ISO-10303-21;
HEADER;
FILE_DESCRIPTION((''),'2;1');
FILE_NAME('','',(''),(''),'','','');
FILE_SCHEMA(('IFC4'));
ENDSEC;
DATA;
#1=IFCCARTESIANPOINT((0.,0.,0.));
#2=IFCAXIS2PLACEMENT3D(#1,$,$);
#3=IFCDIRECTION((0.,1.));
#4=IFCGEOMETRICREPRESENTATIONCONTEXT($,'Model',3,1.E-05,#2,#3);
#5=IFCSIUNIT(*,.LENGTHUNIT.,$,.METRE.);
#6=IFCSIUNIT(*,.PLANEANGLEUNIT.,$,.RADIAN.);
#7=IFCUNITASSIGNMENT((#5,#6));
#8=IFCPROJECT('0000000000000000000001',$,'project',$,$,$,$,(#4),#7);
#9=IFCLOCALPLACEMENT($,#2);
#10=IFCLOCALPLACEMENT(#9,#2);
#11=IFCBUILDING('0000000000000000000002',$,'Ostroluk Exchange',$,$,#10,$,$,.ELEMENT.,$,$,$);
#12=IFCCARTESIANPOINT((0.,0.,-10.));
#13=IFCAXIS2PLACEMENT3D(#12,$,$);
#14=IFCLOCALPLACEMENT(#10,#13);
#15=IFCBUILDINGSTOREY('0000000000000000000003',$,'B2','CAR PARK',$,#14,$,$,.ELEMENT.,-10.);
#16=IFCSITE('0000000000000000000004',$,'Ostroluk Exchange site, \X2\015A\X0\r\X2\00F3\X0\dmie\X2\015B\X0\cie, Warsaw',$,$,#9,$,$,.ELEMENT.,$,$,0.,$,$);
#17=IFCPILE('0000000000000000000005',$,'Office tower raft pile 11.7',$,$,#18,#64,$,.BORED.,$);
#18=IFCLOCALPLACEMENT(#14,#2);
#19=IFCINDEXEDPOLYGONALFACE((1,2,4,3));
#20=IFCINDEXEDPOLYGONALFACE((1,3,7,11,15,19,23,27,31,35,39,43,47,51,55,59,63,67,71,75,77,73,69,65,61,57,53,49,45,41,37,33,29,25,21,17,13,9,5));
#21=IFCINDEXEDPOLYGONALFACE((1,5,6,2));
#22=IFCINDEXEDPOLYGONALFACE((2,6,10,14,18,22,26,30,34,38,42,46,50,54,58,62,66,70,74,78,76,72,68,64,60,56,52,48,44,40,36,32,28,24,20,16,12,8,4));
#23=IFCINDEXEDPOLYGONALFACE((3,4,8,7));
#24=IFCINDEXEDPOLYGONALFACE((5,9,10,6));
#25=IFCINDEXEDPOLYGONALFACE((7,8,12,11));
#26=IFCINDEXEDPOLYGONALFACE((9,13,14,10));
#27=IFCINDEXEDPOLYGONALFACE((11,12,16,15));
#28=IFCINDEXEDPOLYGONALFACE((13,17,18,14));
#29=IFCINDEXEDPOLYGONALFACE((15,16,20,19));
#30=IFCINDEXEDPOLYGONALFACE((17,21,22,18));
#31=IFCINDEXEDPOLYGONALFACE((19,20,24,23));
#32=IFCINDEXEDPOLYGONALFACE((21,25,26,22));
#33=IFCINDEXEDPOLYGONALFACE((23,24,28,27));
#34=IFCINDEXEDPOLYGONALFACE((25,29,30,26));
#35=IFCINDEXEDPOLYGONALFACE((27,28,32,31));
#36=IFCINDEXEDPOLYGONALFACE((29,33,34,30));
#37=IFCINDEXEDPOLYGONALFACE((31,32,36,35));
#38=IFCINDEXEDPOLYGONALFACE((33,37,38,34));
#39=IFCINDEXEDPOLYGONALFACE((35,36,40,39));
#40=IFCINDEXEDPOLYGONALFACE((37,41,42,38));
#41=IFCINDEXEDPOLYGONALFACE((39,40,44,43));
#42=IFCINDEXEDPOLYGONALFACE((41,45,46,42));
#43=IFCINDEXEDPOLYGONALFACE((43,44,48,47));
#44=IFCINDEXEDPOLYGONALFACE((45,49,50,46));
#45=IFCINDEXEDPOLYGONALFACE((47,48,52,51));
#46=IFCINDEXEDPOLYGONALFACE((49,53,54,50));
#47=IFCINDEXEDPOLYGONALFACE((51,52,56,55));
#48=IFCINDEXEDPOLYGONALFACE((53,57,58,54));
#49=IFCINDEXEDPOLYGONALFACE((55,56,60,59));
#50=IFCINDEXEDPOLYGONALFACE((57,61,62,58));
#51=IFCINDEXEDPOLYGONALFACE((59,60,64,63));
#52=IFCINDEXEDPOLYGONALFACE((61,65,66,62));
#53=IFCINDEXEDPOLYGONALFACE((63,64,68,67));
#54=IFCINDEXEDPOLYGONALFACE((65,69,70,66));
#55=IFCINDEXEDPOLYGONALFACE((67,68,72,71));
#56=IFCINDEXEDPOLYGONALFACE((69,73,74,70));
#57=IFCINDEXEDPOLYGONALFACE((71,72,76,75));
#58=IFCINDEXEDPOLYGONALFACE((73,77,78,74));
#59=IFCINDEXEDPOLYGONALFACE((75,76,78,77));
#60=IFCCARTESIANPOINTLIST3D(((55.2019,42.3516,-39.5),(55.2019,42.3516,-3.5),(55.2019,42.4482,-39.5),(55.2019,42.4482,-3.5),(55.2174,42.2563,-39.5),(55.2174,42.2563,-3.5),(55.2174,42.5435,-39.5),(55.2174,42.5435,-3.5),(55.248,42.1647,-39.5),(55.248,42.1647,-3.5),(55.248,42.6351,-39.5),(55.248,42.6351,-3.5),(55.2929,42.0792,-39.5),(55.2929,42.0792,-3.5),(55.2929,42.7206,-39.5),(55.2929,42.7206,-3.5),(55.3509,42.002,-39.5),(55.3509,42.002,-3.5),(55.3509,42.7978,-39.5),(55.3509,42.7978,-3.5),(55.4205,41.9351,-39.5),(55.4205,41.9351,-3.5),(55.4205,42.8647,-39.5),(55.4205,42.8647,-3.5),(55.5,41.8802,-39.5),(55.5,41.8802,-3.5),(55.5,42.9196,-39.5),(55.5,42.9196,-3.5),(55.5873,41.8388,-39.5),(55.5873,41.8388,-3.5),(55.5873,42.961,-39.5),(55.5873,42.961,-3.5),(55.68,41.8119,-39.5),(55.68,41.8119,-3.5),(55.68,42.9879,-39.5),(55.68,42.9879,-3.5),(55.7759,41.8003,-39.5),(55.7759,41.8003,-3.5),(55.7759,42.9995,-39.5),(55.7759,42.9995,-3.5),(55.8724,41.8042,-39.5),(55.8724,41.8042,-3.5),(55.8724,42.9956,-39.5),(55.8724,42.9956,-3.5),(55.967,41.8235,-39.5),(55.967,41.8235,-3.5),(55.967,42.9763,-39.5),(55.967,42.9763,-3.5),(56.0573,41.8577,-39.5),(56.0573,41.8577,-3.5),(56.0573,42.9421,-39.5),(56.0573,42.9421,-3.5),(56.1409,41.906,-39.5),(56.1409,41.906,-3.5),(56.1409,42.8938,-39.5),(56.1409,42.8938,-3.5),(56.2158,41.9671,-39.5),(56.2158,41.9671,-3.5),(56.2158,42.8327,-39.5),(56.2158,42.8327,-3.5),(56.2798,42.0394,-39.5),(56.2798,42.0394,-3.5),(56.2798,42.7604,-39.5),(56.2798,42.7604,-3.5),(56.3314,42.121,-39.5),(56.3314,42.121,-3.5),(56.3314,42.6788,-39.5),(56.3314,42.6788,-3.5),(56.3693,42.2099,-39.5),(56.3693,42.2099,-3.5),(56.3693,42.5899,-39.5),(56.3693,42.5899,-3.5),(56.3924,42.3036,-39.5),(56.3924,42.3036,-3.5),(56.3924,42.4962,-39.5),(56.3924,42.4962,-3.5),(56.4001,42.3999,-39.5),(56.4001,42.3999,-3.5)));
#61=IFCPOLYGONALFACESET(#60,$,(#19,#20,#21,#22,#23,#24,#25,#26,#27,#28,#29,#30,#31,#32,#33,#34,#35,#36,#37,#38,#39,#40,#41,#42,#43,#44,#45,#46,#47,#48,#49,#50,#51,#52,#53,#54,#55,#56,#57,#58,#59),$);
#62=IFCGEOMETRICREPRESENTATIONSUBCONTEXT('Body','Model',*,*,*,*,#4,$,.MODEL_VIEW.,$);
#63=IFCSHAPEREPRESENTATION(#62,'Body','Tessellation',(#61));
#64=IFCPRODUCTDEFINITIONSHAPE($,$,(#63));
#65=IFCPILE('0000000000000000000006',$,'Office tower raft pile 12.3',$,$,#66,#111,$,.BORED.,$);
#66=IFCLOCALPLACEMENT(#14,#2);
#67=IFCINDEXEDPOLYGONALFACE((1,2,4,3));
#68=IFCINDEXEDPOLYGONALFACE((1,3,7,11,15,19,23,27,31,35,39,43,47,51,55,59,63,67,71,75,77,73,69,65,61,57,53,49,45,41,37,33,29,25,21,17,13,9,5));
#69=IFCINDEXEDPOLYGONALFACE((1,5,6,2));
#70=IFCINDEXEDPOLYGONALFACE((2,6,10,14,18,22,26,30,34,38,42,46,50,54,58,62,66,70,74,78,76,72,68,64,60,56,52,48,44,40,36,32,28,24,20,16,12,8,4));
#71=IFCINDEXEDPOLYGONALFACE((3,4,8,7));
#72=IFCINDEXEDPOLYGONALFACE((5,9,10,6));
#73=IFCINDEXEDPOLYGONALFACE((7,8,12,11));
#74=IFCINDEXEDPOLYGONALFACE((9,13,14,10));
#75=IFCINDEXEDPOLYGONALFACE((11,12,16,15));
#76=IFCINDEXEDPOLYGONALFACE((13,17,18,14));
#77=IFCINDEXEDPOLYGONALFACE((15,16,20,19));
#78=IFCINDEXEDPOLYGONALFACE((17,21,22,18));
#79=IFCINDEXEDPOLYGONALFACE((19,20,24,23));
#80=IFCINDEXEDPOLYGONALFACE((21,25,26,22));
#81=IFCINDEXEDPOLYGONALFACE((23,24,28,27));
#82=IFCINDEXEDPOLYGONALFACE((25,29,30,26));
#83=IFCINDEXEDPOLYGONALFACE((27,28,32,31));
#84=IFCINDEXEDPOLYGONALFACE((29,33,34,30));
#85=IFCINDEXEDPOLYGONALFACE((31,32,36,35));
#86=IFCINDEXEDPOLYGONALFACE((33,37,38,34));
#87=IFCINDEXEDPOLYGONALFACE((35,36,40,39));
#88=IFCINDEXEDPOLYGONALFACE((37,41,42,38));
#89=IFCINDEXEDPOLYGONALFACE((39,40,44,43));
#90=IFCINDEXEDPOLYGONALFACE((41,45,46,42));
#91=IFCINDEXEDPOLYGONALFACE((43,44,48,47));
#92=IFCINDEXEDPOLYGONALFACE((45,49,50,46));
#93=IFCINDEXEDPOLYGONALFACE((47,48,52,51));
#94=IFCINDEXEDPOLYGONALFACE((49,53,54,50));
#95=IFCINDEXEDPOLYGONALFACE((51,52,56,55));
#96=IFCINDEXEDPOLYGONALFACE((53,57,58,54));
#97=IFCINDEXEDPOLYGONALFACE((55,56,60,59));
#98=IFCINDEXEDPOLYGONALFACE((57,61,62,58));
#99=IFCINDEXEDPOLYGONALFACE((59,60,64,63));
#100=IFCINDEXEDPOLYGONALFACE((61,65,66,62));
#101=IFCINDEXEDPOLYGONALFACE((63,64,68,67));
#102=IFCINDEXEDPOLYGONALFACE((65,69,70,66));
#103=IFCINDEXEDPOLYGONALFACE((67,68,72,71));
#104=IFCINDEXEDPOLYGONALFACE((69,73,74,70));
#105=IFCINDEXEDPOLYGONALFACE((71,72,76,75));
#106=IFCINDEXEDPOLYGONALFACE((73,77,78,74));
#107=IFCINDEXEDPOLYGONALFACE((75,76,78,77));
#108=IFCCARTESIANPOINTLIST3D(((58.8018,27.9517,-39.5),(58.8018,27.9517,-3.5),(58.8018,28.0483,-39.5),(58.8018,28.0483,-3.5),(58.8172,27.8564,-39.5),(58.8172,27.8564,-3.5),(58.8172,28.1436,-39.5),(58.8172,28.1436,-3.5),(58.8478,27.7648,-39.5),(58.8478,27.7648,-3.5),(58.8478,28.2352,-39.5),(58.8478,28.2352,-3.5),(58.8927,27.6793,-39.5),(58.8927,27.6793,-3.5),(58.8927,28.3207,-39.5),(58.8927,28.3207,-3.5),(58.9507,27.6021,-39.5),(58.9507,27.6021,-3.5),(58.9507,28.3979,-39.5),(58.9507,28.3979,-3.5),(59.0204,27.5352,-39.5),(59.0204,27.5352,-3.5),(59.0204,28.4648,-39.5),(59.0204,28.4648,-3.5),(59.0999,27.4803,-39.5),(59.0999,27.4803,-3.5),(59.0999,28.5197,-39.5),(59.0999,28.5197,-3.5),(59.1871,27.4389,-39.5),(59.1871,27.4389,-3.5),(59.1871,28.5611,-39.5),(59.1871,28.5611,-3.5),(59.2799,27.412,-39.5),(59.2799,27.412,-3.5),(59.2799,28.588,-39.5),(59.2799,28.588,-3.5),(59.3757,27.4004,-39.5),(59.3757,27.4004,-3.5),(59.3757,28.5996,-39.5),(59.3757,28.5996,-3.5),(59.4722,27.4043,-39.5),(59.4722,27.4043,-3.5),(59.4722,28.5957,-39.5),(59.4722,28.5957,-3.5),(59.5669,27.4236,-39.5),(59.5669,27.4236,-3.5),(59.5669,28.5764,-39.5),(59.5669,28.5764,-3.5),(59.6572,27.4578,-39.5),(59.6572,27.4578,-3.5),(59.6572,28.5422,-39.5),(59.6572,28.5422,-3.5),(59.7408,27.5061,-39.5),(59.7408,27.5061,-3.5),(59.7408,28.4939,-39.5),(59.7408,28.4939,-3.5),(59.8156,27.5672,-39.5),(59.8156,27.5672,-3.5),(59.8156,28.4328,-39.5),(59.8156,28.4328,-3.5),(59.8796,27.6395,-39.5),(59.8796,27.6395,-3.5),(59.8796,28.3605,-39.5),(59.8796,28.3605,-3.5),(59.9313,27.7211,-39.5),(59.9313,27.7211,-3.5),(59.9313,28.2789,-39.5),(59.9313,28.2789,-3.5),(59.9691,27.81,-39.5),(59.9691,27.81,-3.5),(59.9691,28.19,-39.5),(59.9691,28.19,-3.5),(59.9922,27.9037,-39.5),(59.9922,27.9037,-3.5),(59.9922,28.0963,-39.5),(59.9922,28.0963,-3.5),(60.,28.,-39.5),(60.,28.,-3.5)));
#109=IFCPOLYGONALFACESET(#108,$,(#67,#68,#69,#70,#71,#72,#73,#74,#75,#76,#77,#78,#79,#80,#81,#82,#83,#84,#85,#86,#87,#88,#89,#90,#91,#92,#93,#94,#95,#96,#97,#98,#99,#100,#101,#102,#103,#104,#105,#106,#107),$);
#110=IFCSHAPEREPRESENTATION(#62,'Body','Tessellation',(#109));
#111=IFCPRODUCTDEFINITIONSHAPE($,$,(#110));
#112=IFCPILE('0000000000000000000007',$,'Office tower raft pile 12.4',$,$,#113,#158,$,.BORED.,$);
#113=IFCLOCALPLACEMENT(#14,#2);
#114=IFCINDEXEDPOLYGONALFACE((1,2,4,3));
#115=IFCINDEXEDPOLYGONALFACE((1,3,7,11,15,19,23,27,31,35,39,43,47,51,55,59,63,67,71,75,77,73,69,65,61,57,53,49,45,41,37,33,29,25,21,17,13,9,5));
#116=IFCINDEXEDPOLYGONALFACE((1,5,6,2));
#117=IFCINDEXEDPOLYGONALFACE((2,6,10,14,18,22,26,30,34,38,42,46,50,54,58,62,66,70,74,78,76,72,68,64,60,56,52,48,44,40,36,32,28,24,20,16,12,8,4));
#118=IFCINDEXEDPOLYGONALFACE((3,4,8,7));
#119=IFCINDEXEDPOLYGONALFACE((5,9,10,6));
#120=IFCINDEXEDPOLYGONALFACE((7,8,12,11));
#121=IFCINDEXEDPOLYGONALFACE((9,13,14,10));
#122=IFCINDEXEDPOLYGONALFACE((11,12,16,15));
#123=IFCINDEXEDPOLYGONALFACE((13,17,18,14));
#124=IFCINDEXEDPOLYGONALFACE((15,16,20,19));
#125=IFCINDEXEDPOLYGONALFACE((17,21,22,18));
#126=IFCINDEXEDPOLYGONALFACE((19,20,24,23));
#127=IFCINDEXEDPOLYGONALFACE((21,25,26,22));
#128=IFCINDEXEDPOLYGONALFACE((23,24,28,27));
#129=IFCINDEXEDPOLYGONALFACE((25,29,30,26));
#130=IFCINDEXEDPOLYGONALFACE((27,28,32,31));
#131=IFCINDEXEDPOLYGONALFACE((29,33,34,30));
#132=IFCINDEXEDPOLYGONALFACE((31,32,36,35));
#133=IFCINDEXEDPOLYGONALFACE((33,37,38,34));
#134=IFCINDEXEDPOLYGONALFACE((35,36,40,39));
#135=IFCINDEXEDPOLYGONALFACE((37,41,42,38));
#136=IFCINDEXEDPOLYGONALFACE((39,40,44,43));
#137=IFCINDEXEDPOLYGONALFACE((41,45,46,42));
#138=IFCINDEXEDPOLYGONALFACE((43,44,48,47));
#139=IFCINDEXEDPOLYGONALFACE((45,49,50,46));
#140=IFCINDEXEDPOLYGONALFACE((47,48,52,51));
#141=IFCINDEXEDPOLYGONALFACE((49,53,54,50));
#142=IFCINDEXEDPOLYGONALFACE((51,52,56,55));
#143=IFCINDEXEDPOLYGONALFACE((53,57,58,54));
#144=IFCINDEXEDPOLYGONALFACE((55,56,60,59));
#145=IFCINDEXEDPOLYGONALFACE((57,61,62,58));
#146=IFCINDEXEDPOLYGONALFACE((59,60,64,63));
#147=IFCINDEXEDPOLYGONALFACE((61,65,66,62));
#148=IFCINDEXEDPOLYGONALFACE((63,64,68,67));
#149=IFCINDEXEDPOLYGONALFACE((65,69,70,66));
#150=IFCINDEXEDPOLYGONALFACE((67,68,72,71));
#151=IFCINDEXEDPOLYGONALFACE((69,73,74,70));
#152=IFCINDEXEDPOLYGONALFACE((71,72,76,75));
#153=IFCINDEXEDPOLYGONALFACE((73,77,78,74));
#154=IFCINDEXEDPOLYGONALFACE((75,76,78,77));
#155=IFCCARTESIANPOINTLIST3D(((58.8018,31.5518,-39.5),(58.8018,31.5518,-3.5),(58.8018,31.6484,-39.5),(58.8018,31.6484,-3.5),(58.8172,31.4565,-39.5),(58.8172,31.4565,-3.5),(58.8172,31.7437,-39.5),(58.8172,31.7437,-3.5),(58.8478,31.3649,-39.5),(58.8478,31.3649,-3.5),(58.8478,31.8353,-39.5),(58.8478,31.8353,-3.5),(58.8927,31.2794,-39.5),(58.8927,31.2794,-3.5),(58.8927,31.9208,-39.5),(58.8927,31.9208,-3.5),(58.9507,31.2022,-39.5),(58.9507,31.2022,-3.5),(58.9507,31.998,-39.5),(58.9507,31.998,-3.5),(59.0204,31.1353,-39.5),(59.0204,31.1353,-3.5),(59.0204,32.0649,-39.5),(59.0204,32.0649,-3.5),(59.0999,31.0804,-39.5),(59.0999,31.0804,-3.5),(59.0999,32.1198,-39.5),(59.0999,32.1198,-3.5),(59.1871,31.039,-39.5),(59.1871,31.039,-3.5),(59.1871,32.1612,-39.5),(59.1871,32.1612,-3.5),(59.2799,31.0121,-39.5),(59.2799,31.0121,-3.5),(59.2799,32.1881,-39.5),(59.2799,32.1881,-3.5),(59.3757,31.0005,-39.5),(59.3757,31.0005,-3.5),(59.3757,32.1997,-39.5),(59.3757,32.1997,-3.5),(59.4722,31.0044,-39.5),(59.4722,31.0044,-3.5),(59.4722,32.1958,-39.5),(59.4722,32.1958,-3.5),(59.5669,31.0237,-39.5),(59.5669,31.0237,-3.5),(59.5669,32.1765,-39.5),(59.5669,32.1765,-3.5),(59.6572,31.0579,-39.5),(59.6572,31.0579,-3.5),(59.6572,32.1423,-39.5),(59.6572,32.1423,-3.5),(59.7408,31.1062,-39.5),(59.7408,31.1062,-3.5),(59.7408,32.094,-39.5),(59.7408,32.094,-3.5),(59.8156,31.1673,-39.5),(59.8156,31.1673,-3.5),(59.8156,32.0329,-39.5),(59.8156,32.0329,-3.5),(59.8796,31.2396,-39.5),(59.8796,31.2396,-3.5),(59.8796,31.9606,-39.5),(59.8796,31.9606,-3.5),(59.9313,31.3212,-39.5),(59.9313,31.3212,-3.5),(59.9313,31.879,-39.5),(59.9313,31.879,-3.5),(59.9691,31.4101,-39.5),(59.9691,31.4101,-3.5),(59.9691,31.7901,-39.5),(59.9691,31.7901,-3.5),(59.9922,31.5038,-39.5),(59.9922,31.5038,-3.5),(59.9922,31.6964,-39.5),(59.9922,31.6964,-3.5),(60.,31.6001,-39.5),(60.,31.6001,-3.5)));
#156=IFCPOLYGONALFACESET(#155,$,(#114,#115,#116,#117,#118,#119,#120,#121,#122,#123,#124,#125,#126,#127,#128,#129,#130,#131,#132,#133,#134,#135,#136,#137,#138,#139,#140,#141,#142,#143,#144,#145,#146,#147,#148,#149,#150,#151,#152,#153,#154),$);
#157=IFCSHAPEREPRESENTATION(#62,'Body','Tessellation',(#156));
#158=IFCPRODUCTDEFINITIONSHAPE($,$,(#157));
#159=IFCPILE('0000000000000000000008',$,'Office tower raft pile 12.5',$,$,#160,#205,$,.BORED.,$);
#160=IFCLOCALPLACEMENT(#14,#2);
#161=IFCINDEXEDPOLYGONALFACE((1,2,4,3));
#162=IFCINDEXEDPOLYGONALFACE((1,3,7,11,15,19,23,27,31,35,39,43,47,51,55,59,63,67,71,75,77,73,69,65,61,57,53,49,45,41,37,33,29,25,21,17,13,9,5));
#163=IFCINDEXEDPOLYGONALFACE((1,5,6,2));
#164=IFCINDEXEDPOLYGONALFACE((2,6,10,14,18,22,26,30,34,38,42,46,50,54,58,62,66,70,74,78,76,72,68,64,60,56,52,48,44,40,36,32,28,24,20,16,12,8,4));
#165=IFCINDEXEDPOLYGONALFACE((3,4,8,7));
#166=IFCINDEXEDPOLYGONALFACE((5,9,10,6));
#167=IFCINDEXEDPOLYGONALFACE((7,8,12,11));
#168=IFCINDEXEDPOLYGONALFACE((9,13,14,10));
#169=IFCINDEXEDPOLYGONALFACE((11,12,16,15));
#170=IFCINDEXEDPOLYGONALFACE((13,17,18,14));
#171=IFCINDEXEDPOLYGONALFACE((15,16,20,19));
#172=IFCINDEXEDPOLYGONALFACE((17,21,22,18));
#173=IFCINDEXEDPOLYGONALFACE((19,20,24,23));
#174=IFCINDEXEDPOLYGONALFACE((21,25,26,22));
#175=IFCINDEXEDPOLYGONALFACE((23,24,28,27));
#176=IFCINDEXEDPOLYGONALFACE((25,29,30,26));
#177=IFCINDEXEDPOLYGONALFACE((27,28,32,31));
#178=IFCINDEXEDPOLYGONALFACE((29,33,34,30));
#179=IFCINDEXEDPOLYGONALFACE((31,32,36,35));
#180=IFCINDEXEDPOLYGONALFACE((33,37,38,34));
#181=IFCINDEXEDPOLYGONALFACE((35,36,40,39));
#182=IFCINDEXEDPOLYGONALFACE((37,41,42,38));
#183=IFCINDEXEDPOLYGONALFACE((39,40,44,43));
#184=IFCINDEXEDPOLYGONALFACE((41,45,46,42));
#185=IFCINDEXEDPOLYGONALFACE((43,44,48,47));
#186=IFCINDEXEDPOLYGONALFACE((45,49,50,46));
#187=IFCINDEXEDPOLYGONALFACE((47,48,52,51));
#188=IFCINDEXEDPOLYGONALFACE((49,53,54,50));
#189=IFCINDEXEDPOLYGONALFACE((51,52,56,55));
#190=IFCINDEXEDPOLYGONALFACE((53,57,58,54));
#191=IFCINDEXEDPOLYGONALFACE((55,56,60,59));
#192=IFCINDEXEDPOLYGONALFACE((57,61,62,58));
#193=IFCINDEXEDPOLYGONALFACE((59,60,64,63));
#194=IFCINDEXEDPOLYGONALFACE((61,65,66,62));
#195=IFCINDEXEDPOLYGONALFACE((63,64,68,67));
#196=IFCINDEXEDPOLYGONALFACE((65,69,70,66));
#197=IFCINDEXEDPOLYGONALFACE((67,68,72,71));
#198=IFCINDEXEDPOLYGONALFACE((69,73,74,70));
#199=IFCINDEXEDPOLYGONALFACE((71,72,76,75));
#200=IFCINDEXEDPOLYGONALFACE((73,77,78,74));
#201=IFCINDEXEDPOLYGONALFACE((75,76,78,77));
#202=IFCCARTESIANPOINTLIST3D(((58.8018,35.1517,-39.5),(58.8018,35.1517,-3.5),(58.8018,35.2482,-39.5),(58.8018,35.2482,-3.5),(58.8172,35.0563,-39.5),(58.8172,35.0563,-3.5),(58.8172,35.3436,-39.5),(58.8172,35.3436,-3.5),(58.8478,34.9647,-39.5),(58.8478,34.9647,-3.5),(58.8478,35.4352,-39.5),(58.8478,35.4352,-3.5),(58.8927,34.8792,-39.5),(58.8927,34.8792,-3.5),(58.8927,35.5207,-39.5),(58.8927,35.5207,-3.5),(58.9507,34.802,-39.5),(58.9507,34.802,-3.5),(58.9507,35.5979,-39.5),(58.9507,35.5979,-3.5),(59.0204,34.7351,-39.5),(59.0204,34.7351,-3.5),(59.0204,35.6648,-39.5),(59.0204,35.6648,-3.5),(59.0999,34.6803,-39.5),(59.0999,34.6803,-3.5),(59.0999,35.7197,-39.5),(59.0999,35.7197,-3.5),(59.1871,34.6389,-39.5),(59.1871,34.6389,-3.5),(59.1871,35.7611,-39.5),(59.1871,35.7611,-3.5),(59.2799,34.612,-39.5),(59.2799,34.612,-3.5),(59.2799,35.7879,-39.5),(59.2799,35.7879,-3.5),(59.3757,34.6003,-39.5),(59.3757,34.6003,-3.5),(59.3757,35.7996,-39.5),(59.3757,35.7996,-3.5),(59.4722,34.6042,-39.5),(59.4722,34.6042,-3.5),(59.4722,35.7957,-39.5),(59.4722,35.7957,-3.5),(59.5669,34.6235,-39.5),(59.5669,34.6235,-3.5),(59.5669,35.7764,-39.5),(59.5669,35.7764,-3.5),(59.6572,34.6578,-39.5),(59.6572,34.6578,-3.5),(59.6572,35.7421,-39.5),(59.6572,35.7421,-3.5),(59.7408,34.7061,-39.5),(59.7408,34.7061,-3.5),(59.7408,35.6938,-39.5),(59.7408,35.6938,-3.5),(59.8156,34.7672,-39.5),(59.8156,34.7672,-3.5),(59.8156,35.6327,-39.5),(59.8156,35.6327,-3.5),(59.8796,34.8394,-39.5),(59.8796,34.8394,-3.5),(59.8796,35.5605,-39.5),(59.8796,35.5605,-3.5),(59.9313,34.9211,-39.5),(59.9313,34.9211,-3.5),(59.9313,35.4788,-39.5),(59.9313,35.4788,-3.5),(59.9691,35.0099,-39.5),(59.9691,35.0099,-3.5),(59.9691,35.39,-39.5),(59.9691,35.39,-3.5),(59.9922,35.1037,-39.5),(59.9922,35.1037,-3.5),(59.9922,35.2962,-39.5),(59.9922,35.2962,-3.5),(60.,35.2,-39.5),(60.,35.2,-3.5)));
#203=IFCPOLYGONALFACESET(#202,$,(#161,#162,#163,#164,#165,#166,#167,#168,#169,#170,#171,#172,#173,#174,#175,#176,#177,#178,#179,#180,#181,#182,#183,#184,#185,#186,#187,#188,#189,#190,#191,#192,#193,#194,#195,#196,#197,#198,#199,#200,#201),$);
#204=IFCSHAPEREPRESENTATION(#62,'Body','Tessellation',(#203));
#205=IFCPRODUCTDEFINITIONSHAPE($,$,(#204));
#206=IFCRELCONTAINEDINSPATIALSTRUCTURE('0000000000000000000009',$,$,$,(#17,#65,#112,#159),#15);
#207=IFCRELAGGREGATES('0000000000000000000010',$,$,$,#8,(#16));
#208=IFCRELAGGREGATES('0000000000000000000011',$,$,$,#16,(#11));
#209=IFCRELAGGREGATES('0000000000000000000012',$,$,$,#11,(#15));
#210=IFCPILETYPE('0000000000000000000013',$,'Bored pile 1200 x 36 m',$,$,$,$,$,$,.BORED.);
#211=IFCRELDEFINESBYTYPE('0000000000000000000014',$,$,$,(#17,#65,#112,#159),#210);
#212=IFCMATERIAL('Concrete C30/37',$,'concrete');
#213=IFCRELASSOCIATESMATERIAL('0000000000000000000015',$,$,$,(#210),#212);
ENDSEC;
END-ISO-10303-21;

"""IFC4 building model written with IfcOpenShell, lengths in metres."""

from ifc_helpers import new_model, si_unit, direction, frame, origin, origin_2d, place, context, subcontext, project, spatial, circle, extrude, material, type_object, element, save


model = new_model("IFC4")

# Units and contexts
model_context = context("Model", 3, precision=1e-05, world=origin(), true_north=direction((0.0, 1.0)))
body_context = subcontext(model_context, "Body", "Model", "MODEL_VIEW")
ifc_project = project(units=[si_unit("LENGTHUNIT", "METRE"), si_unit("PLANEANGLEUNIT", "RADIAN")], contexts=[model_context])

# Site, building, storey
site_placement = place(None, origin())
site = spatial("IfcSite", under=ifc_project, at=site_placement, Name="Ostroluk Exchange site, Śródmieście, Warsaw", CompositionType="ELEMENT", RefElevation=0.0)
building_placement = place(site_placement, origin())
building = spatial("IfcBuilding", under=site, at=building_placement, Name="Ostroluk Exchange", CompositionType="ELEMENT")
storey_placement = place(building_placement, frame((0.0, 0.0, -10.0)))
storey = spatial("IfcBuildingStorey", under=building, at=storey_placement, Name="B2", Description="CAR PARK", CompositionType="ELEMENT", Elevation=-10.0)

# Piles
ifc_material_1 = material(Name="Concrete C30/37", Category="concrete")
pile_type = type_object("IfcPileType", Name="Bored pile 1200 x 36 m", PredefinedType="BORED", material=ifc_material_1)
for number, where, z_axis, x_axis, name in (
    (1, (55.8, 42.3999, -3.5), (0.0, 0.0, -1.0), (1.0, 0.0, 0.0), "Office tower raft pile 11.7"),
    (2, (59.3999, 28.0, -3.5), (0.0, 0.0, -1.0), (1.0, 0.0, 0.0), "Office tower raft pile 12.3"),
    (3, (59.3999, 31.6001, -3.5), (0.0, 0.0, -1.0), (1.0, 0.0, 0.0), "Office tower raft pile 12.4"),
    (4, (59.3999, 35.2, -3.5), (0.0, 0.0, -1.0), (1.0, 0.0, 0.0), "Office tower raft pile 12.5"),
):
    element("IfcPile", number, at=place(storey_placement, frame(where, z_axis=z_axis, x_axis=x_axis)), inside=storey, type_object=pile_type, Name=name, PredefinedType="BORED", context=body_context, shape_type="SweptSolid", body=[
        extrude(circle(Radius=0.6001, at=origin_2d()), origin(), (0.0, 0.0, 1.0), 36.0),
    ])

save(model, "model.ifc")
